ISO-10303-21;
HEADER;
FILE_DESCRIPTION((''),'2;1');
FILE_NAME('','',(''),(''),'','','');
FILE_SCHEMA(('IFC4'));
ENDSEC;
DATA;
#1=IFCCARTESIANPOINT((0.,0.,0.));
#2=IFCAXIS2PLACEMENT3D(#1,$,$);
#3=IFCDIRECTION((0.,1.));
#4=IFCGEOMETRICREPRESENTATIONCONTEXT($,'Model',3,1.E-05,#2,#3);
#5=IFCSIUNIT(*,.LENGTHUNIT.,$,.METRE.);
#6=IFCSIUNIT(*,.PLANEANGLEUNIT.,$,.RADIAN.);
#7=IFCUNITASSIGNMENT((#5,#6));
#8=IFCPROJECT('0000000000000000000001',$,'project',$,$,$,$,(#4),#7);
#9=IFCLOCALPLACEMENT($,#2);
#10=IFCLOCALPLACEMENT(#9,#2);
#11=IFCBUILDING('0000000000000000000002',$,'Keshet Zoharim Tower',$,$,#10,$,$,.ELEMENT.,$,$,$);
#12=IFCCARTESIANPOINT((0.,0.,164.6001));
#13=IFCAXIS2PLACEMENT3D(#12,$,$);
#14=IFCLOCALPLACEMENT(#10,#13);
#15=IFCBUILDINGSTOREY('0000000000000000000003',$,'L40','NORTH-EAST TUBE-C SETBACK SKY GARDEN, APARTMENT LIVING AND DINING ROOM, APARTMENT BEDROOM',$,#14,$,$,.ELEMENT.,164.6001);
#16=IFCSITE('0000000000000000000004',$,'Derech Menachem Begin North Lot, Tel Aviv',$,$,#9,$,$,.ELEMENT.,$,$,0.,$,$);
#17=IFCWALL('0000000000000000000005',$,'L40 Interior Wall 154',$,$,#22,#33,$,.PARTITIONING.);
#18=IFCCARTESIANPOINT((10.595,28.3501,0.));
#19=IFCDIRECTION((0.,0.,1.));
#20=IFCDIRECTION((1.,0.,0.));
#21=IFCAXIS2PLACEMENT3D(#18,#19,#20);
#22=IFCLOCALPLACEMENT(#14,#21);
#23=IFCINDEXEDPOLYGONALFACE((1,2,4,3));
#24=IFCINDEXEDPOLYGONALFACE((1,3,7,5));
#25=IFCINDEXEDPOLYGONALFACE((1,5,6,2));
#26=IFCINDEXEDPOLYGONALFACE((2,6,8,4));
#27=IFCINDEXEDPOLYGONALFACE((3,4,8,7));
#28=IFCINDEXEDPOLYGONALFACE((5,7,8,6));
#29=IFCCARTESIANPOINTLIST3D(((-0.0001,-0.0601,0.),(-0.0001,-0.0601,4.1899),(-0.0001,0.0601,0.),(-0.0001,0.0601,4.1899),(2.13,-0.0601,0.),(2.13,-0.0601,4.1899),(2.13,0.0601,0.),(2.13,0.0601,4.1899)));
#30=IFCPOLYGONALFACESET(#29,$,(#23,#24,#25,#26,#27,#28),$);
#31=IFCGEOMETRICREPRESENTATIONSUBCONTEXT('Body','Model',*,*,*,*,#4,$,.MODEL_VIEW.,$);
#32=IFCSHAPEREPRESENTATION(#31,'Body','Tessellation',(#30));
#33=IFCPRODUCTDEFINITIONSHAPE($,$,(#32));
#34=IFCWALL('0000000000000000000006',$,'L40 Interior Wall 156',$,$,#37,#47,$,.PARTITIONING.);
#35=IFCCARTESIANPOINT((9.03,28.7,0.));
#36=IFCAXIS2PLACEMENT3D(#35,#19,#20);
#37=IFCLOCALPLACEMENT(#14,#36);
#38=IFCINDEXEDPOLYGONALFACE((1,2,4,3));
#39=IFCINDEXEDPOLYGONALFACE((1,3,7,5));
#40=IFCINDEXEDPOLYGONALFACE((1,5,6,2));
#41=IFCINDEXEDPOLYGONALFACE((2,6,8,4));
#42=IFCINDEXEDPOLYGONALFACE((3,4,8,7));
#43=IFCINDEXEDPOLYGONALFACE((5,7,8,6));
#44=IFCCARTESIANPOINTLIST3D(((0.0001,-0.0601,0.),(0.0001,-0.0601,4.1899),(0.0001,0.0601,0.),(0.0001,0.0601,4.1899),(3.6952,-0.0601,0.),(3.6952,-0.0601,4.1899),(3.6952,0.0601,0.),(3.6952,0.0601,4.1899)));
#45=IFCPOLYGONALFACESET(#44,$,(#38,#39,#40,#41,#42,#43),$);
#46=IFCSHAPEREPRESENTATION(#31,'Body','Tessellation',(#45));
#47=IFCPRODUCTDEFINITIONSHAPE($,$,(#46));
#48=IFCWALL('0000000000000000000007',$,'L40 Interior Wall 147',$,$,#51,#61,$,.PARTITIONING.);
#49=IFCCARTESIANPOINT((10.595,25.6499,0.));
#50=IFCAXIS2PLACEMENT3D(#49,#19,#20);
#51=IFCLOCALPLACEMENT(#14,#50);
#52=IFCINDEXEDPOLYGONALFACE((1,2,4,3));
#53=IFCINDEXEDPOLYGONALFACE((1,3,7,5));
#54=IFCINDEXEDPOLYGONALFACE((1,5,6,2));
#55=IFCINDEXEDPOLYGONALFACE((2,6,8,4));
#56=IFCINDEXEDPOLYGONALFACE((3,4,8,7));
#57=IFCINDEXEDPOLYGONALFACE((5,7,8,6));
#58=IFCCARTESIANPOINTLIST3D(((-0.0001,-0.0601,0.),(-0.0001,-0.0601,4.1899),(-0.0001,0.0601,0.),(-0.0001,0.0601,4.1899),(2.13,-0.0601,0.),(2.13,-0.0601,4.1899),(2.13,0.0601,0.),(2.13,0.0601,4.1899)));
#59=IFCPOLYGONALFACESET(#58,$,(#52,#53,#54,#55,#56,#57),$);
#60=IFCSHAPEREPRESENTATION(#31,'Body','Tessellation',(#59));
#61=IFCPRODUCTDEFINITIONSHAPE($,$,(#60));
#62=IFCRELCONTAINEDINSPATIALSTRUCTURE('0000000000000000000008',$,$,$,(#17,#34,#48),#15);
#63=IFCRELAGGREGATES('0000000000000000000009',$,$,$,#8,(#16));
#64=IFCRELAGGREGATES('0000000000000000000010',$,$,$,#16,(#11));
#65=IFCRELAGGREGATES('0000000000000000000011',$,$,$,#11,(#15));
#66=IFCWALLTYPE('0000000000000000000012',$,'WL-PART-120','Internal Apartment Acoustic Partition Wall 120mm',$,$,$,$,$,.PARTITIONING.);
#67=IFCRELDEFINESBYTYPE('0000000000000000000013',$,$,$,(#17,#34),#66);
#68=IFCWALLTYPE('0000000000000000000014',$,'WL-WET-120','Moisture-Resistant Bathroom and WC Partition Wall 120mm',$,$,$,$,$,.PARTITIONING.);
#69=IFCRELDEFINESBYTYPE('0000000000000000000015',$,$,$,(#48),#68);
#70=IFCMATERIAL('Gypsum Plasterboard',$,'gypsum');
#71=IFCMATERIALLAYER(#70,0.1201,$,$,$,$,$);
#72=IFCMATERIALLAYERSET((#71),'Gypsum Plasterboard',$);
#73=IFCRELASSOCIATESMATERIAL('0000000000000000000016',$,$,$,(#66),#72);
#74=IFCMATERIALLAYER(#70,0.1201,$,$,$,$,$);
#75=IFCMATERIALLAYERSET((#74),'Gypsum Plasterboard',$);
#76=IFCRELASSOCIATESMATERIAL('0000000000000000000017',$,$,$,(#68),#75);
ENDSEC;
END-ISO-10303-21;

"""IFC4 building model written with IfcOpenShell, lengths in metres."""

from ifc_helpers import new_model, si_unit, direction, frame, frame_2d, origin, place, context, subcontext, project, spatial, rectangle, extrude, material, layer, layer_set, type_object, element, save


model = new_model("IFC4")

# Units and contexts
model_context = context("Model", 3, precision=1e-05, world=origin(), true_north=direction((0.0, 1.0)))
body_context = subcontext(model_context, "Body", "Model", "MODEL_VIEW")
ifc_project = project(units=[si_unit("LENGTHUNIT", "METRE"), si_unit("PLANEANGLEUNIT", "RADIAN")], contexts=[model_context])

# Site, building, storey
site_placement = place(None, origin())
site = spatial("IfcSite", under=ifc_project, at=site_placement, Name="Derech Menachem Begin North Lot, Tel Aviv", CompositionType="ELEMENT", RefElevation=0.0)
building_placement = place(site_placement, origin())
building = spatial("IfcBuilding", under=site, at=building_placement, Name="Keshet Zoharim Tower", CompositionType="ELEMENT")
storey_placement = place(building_placement, frame((0.0, 0.0, 164.6001)))
storey = spatial("IfcBuildingStorey", under=building, at=storey_placement, Name="L40", Description="NORTH-EAST TUBE-C SETBACK SKY GARDEN, APARTMENT LIVING AND DINING ROOM, APARTMENT BEDROOM", CompositionType="ELEMENT", Elevation=164.6001)

# Shared definitions
ifc_material_1 = material(Name="Gypsum Plasterboard", Category="gypsum")

# Shared definitions
ifc_layer_1 = layer(ifc_material_1, 0.1201)
ifc_layer_set_1 = layer_set([ifc_layer_1], Name="Gypsum Plasterboard")
wall_type_1 = type_object("IfcWallType", Name="WL-PART-120", Description="Internal Apartment Acoustic Partition Wall 120mm", PredefinedType="PARTITIONING", material=ifc_layer_set_1)

# Walls
wall_1_placement = place(storey_placement, frame((10.595, 28.3501, 0.0), z_axis=(0.0, 0.0, 1.0), x_axis=(1.0, 0.0, 0.0)))
element("IfcWall", 1, at=wall_1_placement, inside=storey, type_object=wall_type_1, Name="L40 Interior Wall 154", PredefinedType="PARTITIONING", context=body_context, shape_type="SweptSolid", body=[
    extrude(rectangle(XDim=2.1301, YDim=0.1201, at=frame_2d((1.0649, 0.0))), origin(), (0.0, 0.0, 1.0), 4.1899),
])
wall_2_placement = place(storey_placement, frame((9.03, 28.7, 0.0), z_axis=(0.0, 0.0, 1.0), x_axis=(1.0, 0.0, 0.0)))
element("IfcWall", 2, at=wall_2_placement, inside=storey, type_object=wall_type_1, Name="L40 Interior Wall 156", PredefinedType="PARTITIONING", context=body_context, shape_type="SweptSolid", body=[
    extrude(rectangle(XDim=3.6951, YDim=0.1201, at=frame_2d((1.8477, 0.0))), origin(), (0.0, 0.0, 1.0), 4.1899),
])

# Wall
ifc_layer_2 = layer(ifc_material_1, 0.1201)
ifc_layer_set_2 = layer_set([ifc_layer_2], Name="Gypsum Plasterboard")
wall_type_2 = type_object("IfcWallType", Name="WL-WET-120", Description="Moisture-Resistant Bathroom and WC Partition Wall 120mm", PredefinedType="PARTITIONING", material=ifc_layer_set_2)
wall_3_placement = place(storey_placement, frame((10.595, 25.6499, 0.0), z_axis=(0.0, 0.0, 1.0), x_axis=(1.0, 0.0, 0.0)))
element("IfcWall", 3, at=wall_3_placement, inside=storey, type_object=wall_type_2, Name="L40 Interior Wall 147", PredefinedType="PARTITIONING", context=body_context, shape_type="SweptSolid", body=[
    extrude(rectangle(XDim=2.1301, YDim=0.1201, at=frame_2d((1.0649, 0.0))), origin(), (0.0, 0.0, 1.0), 4.1899),
])

save(model, "model.ifc")
